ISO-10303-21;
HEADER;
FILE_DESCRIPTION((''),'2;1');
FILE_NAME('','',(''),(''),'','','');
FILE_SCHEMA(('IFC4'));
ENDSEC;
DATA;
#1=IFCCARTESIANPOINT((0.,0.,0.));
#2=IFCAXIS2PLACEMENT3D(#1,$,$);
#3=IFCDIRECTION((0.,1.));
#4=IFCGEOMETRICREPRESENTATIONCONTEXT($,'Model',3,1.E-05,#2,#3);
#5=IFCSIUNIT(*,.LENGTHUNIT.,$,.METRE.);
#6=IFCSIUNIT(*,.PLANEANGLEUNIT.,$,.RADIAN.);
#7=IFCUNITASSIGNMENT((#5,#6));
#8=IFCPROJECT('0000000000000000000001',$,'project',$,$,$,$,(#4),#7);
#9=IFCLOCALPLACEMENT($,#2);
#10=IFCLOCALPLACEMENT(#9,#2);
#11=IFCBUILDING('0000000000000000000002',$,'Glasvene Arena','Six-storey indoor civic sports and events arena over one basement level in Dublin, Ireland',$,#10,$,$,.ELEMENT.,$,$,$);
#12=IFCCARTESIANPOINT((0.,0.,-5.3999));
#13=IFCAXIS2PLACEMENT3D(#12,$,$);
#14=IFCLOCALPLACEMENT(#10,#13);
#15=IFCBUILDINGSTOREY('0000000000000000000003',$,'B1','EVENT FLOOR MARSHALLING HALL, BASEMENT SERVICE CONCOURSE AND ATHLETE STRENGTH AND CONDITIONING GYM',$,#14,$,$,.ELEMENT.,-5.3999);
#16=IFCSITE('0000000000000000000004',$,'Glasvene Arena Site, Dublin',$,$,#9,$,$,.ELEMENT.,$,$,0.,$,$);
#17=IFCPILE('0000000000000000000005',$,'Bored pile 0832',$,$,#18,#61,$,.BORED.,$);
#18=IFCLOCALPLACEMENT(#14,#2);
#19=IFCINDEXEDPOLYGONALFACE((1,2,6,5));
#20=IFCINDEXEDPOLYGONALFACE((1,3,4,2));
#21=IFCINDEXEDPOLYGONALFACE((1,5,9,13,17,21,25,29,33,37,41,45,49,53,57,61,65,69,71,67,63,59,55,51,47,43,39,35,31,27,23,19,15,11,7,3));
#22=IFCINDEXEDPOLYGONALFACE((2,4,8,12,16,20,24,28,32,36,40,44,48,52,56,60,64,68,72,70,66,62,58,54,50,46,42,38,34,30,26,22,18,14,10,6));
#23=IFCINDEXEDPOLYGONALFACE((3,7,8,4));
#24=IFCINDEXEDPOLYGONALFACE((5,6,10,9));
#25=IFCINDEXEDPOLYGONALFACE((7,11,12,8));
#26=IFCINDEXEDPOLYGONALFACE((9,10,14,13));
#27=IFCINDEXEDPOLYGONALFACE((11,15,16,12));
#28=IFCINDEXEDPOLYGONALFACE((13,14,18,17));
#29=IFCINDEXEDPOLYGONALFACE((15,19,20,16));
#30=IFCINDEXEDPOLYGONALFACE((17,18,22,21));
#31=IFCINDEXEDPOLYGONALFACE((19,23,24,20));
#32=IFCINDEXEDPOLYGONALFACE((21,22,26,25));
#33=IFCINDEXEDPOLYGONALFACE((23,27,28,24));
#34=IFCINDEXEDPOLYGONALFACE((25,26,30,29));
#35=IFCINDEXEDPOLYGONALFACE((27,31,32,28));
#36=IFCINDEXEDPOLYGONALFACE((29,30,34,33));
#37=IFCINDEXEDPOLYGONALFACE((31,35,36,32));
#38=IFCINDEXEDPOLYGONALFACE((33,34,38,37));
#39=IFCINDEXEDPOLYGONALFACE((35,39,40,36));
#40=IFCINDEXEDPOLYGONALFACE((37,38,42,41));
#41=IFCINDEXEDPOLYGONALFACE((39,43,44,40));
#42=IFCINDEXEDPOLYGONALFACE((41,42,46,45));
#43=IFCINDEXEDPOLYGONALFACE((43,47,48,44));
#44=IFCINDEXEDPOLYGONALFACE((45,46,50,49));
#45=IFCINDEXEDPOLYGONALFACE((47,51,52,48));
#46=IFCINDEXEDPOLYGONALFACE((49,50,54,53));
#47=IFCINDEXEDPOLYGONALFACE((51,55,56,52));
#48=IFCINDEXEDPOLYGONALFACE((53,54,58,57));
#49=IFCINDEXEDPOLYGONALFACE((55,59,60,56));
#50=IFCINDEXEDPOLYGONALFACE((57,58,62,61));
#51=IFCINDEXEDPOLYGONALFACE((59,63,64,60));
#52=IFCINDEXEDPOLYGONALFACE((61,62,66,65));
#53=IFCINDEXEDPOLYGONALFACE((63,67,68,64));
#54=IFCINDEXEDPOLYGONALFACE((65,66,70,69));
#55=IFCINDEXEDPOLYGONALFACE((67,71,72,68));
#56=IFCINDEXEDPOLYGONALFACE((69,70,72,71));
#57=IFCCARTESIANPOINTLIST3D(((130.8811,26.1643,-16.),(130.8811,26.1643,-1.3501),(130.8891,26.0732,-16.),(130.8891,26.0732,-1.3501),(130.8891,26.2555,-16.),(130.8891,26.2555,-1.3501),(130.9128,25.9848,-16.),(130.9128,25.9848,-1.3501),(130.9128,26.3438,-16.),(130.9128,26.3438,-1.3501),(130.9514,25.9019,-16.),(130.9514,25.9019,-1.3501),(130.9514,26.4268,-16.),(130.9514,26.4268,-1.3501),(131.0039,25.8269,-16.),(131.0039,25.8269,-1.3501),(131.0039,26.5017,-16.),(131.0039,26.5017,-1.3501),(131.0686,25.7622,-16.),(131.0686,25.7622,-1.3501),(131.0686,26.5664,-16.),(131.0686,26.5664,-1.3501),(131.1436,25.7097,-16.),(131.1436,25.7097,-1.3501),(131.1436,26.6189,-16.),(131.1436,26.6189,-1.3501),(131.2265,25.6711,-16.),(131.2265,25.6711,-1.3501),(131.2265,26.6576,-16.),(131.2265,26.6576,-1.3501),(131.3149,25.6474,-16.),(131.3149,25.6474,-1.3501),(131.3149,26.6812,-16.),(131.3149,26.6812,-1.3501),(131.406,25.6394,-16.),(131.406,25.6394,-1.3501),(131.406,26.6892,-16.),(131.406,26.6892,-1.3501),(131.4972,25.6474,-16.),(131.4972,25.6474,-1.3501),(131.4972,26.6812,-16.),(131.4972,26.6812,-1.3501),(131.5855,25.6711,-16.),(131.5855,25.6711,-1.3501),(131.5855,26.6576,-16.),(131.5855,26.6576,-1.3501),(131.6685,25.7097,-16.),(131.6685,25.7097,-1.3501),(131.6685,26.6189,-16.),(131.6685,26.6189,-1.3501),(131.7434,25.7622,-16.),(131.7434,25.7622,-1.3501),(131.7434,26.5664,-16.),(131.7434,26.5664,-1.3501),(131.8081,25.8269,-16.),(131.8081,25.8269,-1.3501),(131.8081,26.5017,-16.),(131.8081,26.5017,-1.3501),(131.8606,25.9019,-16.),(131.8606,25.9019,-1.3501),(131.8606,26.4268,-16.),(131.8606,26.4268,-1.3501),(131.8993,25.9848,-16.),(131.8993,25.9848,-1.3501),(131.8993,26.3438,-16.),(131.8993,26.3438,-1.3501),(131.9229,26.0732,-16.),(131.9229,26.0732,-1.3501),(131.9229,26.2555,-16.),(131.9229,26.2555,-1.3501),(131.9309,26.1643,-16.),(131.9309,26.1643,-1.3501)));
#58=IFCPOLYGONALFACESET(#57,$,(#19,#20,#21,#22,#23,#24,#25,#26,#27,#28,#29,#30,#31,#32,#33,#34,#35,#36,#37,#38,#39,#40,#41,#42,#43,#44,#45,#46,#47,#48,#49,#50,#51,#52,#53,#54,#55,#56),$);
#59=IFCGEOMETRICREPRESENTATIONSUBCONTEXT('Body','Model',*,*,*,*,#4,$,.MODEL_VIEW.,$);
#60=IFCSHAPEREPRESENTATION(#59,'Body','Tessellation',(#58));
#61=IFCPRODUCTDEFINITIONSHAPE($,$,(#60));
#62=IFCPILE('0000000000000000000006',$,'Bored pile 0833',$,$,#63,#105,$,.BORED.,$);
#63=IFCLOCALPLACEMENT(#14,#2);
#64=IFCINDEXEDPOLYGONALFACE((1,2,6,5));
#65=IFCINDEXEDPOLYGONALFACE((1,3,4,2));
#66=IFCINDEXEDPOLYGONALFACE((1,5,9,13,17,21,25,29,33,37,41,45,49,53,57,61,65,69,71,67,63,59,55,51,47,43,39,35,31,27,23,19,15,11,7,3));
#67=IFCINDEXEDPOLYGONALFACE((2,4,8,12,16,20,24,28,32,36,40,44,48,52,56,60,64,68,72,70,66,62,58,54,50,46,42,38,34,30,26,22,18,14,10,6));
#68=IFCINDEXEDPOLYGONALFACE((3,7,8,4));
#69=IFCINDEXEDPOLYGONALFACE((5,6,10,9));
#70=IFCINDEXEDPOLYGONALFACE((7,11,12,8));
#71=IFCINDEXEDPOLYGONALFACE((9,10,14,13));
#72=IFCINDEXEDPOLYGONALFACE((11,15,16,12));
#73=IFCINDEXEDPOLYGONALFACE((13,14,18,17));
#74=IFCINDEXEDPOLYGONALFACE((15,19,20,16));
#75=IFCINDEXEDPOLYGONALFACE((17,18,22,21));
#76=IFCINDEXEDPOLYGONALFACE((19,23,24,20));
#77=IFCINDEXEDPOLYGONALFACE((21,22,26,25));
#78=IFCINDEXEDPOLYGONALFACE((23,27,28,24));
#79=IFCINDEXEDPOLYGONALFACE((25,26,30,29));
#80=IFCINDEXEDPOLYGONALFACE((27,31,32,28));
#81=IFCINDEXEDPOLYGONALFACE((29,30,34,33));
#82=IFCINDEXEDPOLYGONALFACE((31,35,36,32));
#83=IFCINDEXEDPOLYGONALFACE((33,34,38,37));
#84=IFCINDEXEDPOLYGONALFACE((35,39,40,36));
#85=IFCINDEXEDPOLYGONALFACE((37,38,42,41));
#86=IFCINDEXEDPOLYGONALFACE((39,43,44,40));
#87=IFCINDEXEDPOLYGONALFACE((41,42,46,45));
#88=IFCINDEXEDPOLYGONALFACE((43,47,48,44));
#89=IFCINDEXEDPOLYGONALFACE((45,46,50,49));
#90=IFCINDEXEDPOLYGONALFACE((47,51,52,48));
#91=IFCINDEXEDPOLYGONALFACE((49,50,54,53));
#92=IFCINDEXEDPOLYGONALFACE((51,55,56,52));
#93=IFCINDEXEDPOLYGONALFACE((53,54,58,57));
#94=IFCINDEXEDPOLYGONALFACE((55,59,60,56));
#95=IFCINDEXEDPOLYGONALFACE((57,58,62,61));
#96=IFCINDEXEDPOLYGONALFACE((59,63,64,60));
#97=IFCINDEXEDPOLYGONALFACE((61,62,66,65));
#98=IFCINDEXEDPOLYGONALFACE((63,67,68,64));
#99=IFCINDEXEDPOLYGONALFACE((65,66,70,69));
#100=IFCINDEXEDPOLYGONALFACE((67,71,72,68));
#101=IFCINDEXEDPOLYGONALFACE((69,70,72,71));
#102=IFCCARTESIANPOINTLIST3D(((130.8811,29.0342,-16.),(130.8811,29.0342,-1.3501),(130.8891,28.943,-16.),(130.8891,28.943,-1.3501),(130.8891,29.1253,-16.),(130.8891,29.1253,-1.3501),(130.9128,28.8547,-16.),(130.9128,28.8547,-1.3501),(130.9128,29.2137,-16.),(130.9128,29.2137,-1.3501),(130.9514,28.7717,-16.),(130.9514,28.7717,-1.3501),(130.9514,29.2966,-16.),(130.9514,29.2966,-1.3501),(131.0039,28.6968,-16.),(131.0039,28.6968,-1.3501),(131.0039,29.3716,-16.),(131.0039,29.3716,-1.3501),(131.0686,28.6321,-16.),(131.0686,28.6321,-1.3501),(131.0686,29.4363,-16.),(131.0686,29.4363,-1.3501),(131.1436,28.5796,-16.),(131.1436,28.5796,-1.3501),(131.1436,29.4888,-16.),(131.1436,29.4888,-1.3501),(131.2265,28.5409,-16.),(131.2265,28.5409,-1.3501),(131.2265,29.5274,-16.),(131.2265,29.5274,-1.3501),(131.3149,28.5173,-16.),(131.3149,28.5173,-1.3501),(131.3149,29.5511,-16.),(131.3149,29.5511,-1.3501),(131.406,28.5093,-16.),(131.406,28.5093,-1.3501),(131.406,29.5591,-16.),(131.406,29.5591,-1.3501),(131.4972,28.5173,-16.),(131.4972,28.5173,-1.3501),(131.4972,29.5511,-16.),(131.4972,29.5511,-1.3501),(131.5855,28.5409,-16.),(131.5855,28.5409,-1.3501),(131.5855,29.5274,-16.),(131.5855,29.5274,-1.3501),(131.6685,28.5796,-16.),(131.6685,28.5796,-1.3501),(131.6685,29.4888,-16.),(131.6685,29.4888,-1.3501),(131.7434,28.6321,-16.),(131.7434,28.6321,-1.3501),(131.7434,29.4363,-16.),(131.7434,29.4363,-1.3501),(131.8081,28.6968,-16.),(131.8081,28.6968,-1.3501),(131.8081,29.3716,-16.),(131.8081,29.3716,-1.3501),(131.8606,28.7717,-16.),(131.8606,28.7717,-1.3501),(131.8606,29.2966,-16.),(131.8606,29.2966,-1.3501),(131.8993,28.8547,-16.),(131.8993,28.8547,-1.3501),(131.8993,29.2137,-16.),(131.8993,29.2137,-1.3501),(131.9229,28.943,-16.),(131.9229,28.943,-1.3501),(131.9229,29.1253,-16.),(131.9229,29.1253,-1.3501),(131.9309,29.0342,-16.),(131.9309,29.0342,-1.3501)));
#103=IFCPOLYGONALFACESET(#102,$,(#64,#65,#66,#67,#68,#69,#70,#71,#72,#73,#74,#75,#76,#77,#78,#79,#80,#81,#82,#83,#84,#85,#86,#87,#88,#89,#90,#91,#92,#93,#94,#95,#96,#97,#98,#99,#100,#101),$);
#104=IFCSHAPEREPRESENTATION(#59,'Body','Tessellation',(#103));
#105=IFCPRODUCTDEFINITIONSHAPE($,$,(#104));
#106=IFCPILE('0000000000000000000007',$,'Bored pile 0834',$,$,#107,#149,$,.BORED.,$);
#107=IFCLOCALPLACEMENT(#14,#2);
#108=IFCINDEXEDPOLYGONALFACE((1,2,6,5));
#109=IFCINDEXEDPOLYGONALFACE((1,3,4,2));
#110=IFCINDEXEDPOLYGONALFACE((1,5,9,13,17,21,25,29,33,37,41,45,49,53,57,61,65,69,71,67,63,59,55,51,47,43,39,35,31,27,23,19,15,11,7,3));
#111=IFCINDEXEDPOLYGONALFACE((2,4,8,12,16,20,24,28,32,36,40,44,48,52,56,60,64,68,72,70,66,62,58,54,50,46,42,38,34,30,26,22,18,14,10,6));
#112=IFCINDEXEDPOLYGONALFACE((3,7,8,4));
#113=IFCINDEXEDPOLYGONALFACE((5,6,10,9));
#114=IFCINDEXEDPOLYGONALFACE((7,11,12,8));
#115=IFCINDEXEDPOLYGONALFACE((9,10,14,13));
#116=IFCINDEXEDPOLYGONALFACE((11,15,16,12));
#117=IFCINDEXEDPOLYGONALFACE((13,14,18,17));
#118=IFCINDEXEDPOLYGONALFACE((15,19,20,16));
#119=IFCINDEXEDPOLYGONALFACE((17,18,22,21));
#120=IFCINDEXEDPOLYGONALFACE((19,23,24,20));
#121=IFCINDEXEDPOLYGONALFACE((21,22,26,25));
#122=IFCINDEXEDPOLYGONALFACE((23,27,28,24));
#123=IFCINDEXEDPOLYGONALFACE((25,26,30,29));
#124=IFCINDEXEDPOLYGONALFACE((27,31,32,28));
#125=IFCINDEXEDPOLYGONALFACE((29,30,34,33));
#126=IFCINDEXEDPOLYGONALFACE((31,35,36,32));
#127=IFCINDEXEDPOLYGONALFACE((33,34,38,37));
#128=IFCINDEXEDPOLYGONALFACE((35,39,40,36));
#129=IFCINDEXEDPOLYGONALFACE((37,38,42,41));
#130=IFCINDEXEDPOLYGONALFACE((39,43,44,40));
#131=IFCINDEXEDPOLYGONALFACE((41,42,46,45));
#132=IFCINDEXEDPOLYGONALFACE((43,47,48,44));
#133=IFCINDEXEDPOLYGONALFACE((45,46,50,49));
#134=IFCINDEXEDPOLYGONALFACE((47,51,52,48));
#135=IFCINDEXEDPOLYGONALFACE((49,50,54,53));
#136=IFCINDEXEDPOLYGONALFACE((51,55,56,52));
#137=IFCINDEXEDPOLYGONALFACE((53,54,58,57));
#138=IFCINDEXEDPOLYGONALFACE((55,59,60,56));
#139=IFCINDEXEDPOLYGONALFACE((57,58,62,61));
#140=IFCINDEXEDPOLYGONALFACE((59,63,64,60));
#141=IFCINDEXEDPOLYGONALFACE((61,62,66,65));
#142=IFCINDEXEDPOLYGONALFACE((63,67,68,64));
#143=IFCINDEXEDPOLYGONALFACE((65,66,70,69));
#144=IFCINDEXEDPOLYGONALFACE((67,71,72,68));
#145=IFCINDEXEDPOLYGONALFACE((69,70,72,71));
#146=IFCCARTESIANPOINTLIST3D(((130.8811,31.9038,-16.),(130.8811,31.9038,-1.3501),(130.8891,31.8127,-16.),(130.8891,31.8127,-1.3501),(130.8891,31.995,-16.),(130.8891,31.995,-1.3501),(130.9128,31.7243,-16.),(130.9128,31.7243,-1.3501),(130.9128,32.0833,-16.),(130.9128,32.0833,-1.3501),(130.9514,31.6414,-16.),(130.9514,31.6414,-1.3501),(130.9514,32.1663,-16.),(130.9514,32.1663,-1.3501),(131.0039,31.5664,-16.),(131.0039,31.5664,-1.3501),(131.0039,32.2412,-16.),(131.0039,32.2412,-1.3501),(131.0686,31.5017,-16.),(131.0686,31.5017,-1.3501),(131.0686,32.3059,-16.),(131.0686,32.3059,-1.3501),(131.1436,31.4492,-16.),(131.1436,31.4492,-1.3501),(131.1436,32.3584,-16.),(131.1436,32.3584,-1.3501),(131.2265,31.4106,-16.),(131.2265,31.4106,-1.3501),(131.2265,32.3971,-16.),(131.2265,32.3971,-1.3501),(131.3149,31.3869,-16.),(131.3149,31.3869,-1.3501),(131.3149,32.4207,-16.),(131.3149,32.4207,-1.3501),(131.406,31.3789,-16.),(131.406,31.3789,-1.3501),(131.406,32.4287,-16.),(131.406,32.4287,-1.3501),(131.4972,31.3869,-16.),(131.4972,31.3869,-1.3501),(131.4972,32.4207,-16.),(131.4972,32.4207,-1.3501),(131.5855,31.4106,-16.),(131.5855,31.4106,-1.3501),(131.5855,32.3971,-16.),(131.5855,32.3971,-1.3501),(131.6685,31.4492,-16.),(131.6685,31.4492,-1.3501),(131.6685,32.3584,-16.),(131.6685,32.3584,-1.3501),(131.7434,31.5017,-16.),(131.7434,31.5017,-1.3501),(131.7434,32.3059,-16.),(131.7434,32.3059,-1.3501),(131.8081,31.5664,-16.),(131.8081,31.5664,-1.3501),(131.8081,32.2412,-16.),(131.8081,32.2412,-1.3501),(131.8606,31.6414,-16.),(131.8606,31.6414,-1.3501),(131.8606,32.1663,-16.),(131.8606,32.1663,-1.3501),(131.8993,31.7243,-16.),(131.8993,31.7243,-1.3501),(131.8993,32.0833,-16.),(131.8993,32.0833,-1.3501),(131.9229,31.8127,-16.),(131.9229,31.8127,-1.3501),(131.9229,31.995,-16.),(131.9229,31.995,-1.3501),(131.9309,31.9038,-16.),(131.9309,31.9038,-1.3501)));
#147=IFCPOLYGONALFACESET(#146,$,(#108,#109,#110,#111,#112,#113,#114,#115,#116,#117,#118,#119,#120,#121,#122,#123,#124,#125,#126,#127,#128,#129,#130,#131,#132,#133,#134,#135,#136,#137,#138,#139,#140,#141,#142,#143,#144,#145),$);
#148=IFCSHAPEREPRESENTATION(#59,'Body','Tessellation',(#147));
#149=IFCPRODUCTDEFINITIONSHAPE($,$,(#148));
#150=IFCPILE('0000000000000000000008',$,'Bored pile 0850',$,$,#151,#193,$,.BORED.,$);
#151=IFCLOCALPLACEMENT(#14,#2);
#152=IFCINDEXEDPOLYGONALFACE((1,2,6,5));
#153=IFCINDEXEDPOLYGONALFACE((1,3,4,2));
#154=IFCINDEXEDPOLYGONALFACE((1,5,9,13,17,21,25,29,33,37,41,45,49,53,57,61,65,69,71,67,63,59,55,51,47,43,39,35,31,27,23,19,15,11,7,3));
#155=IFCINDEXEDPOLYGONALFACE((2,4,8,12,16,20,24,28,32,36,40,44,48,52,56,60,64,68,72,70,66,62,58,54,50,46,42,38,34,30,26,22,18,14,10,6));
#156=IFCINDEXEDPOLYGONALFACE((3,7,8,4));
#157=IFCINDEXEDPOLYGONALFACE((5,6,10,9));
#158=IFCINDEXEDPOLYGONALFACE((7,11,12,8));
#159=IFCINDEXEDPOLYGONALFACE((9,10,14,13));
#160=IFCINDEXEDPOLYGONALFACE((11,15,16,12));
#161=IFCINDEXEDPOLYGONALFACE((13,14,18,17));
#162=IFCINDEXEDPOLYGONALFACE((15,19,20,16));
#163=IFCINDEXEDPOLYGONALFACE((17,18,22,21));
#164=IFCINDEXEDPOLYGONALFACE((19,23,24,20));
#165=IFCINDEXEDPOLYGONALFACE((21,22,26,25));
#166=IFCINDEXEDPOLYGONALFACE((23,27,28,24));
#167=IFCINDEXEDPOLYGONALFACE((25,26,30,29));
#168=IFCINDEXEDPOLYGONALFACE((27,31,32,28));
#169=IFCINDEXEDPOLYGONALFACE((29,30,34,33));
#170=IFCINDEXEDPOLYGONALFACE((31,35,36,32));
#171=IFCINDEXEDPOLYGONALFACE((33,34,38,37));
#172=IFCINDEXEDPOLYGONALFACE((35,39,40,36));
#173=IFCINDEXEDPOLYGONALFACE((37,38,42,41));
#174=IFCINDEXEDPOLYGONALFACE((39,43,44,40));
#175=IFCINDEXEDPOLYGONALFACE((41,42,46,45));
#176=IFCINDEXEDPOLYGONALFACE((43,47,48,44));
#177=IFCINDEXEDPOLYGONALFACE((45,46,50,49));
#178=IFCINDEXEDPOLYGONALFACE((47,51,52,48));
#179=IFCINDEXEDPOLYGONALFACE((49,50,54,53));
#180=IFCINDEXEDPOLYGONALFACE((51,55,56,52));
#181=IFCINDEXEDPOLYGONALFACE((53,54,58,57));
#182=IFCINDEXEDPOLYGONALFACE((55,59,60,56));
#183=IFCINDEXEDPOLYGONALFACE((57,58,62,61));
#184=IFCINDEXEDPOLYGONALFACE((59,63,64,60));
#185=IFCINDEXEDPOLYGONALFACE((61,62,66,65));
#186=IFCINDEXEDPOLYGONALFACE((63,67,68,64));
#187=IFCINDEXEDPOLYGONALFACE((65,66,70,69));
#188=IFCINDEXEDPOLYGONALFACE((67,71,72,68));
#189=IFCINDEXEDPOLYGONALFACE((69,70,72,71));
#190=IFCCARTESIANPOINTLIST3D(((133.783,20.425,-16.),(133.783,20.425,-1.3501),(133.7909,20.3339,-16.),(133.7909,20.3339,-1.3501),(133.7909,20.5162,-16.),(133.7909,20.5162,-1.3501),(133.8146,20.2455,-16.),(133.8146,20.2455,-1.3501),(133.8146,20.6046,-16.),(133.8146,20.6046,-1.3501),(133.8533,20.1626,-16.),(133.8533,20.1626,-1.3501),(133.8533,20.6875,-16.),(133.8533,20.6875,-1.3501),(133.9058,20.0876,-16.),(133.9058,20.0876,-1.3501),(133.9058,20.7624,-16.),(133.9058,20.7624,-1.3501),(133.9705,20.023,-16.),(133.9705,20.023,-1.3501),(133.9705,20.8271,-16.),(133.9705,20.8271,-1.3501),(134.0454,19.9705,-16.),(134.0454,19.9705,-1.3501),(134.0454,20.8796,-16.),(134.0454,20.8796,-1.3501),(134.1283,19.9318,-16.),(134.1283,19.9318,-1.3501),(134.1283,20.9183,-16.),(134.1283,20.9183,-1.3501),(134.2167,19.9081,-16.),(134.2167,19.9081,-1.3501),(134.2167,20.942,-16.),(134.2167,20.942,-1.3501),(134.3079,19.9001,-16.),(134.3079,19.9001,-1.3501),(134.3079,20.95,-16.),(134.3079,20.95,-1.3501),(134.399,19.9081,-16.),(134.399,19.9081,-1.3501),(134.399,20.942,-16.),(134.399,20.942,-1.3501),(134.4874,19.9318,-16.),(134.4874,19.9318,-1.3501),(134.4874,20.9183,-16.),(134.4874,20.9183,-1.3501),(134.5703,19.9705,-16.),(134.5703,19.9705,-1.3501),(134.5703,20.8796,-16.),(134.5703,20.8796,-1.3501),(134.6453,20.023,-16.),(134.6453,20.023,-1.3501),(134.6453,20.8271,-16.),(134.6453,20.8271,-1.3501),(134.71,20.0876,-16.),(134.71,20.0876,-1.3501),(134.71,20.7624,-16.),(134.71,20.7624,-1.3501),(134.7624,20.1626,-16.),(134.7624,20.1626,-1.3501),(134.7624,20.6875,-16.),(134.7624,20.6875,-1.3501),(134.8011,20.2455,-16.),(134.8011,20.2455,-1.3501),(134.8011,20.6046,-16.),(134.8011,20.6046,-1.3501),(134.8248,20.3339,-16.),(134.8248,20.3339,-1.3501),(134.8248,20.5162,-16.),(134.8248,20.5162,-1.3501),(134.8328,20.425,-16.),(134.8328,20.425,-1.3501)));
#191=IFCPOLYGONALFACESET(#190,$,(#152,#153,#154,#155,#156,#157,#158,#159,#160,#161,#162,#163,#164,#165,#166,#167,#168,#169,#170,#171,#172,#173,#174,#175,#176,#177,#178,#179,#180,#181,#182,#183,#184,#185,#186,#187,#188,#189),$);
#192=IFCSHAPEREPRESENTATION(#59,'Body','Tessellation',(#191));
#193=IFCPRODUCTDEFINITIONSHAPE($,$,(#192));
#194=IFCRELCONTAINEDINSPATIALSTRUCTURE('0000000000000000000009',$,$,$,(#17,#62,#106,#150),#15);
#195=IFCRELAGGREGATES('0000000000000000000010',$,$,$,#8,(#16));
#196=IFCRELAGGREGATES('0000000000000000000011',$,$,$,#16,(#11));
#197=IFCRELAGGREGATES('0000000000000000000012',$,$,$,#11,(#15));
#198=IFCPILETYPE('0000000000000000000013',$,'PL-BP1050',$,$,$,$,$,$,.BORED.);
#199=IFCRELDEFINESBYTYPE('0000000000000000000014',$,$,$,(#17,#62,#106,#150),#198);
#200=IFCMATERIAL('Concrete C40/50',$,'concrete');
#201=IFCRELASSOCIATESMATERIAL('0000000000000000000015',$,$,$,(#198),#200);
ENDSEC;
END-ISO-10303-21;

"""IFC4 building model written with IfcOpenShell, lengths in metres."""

from ifc_helpers import new_model, si_unit, direction, frame, origin, origin_2d, place, context, subcontext, project, spatial, circle, extrude, material, material_profile, profile_set, type_object, element, save


model = new_model("IFC4")

# Units and contexts
model_context = context("Model", 3, precision=1e-05, world=origin(), true_north=direction((0.0, 1.0)))
body_context = subcontext(model_context, "Body", "Model", "MODEL_VIEW")
ifc_project = project(units=[si_unit("LENGTHUNIT", "METRE"), si_unit("PLANEANGLEUNIT", "RADIAN")], contexts=[model_context])

# Site, building, storey
site_placement = place(None, origin())
site = spatial("IfcSite", under=ifc_project, at=site_placement, Name="Glasvene Arena Site, Dublin", CompositionType="ELEMENT", RefElevation=0.0)
building_placement = place(site_placement, origin())
building = spatial("IfcBuilding", under=site, at=building_placement, Name="Glasvene Arena", Description="Six-storey indoor civic sports and events arena over one basement level in Dublin, Ireland", CompositionType="ELEMENT")
storey_placement = place(building_placement, frame((0.0, 0.0, -5.3999)))
storey = spatial("IfcBuildingStorey", under=building, at=storey_placement, Name="B1", Description="EVENT FLOOR MARSHALLING HALL, BASEMENT SERVICE CONCOURSE AND ATHLETE STRENGTH AND CONDITIONING GYM", CompositionType="ELEMENT", Elevation=-5.3999)

# Piles
ifc_material = material(Name="Concrete C40/50", Category="concrete")
ifc_material_profile_1 = material_profile(ifc_material, circle(Radius=0.5249, at=origin_2d()), Name="BORED PILE 1050")
ifc_profile_set_1 = profile_set([ifc_material_profile_1], Name="Concrete C40/50")
pile_type = type_object("IfcPileType", Name="PL-BP1050", PredefinedType="BORED", material=ifc_profile_set_1)
for number, where, z_axis, x_axis, name in (
    (1, (131.406, 26.1643, -1.3501), (0.0, 0.0, -1.0), (1.0, 0.0, 0.0), "Bored pile 0832"),
    (2, (131.406, 29.0342, -1.3501), (0.0, 0.0, -1.0), (1.0, 0.0, 0.0), "Bored pile 0833"),
    (3, (131.406, 31.9038, -1.3501), (0.0, 0.0, -1.0), (1.0, 0.0, 0.0), "Bored pile 0834"),
    (4, (134.3079, 20.425, -1.3501), (0.0, 0.0, -1.0), (1.0, 0.0, 0.0), "Bored pile 0850"),
):
    element("IfcPile", number, at=place(storey_placement, frame(where, z_axis=z_axis, x_axis=x_axis)), inside=storey, type_object=pile_type, Name=name, PredefinedType="BORED", context=body_context, shape_type="SweptSolid", body=[
        extrude(circle(Radius=0.5249, at=origin_2d()), origin(), (0.0, 0.0, 1.0), 14.6499),
    ])

save(model, "model.ifc")
